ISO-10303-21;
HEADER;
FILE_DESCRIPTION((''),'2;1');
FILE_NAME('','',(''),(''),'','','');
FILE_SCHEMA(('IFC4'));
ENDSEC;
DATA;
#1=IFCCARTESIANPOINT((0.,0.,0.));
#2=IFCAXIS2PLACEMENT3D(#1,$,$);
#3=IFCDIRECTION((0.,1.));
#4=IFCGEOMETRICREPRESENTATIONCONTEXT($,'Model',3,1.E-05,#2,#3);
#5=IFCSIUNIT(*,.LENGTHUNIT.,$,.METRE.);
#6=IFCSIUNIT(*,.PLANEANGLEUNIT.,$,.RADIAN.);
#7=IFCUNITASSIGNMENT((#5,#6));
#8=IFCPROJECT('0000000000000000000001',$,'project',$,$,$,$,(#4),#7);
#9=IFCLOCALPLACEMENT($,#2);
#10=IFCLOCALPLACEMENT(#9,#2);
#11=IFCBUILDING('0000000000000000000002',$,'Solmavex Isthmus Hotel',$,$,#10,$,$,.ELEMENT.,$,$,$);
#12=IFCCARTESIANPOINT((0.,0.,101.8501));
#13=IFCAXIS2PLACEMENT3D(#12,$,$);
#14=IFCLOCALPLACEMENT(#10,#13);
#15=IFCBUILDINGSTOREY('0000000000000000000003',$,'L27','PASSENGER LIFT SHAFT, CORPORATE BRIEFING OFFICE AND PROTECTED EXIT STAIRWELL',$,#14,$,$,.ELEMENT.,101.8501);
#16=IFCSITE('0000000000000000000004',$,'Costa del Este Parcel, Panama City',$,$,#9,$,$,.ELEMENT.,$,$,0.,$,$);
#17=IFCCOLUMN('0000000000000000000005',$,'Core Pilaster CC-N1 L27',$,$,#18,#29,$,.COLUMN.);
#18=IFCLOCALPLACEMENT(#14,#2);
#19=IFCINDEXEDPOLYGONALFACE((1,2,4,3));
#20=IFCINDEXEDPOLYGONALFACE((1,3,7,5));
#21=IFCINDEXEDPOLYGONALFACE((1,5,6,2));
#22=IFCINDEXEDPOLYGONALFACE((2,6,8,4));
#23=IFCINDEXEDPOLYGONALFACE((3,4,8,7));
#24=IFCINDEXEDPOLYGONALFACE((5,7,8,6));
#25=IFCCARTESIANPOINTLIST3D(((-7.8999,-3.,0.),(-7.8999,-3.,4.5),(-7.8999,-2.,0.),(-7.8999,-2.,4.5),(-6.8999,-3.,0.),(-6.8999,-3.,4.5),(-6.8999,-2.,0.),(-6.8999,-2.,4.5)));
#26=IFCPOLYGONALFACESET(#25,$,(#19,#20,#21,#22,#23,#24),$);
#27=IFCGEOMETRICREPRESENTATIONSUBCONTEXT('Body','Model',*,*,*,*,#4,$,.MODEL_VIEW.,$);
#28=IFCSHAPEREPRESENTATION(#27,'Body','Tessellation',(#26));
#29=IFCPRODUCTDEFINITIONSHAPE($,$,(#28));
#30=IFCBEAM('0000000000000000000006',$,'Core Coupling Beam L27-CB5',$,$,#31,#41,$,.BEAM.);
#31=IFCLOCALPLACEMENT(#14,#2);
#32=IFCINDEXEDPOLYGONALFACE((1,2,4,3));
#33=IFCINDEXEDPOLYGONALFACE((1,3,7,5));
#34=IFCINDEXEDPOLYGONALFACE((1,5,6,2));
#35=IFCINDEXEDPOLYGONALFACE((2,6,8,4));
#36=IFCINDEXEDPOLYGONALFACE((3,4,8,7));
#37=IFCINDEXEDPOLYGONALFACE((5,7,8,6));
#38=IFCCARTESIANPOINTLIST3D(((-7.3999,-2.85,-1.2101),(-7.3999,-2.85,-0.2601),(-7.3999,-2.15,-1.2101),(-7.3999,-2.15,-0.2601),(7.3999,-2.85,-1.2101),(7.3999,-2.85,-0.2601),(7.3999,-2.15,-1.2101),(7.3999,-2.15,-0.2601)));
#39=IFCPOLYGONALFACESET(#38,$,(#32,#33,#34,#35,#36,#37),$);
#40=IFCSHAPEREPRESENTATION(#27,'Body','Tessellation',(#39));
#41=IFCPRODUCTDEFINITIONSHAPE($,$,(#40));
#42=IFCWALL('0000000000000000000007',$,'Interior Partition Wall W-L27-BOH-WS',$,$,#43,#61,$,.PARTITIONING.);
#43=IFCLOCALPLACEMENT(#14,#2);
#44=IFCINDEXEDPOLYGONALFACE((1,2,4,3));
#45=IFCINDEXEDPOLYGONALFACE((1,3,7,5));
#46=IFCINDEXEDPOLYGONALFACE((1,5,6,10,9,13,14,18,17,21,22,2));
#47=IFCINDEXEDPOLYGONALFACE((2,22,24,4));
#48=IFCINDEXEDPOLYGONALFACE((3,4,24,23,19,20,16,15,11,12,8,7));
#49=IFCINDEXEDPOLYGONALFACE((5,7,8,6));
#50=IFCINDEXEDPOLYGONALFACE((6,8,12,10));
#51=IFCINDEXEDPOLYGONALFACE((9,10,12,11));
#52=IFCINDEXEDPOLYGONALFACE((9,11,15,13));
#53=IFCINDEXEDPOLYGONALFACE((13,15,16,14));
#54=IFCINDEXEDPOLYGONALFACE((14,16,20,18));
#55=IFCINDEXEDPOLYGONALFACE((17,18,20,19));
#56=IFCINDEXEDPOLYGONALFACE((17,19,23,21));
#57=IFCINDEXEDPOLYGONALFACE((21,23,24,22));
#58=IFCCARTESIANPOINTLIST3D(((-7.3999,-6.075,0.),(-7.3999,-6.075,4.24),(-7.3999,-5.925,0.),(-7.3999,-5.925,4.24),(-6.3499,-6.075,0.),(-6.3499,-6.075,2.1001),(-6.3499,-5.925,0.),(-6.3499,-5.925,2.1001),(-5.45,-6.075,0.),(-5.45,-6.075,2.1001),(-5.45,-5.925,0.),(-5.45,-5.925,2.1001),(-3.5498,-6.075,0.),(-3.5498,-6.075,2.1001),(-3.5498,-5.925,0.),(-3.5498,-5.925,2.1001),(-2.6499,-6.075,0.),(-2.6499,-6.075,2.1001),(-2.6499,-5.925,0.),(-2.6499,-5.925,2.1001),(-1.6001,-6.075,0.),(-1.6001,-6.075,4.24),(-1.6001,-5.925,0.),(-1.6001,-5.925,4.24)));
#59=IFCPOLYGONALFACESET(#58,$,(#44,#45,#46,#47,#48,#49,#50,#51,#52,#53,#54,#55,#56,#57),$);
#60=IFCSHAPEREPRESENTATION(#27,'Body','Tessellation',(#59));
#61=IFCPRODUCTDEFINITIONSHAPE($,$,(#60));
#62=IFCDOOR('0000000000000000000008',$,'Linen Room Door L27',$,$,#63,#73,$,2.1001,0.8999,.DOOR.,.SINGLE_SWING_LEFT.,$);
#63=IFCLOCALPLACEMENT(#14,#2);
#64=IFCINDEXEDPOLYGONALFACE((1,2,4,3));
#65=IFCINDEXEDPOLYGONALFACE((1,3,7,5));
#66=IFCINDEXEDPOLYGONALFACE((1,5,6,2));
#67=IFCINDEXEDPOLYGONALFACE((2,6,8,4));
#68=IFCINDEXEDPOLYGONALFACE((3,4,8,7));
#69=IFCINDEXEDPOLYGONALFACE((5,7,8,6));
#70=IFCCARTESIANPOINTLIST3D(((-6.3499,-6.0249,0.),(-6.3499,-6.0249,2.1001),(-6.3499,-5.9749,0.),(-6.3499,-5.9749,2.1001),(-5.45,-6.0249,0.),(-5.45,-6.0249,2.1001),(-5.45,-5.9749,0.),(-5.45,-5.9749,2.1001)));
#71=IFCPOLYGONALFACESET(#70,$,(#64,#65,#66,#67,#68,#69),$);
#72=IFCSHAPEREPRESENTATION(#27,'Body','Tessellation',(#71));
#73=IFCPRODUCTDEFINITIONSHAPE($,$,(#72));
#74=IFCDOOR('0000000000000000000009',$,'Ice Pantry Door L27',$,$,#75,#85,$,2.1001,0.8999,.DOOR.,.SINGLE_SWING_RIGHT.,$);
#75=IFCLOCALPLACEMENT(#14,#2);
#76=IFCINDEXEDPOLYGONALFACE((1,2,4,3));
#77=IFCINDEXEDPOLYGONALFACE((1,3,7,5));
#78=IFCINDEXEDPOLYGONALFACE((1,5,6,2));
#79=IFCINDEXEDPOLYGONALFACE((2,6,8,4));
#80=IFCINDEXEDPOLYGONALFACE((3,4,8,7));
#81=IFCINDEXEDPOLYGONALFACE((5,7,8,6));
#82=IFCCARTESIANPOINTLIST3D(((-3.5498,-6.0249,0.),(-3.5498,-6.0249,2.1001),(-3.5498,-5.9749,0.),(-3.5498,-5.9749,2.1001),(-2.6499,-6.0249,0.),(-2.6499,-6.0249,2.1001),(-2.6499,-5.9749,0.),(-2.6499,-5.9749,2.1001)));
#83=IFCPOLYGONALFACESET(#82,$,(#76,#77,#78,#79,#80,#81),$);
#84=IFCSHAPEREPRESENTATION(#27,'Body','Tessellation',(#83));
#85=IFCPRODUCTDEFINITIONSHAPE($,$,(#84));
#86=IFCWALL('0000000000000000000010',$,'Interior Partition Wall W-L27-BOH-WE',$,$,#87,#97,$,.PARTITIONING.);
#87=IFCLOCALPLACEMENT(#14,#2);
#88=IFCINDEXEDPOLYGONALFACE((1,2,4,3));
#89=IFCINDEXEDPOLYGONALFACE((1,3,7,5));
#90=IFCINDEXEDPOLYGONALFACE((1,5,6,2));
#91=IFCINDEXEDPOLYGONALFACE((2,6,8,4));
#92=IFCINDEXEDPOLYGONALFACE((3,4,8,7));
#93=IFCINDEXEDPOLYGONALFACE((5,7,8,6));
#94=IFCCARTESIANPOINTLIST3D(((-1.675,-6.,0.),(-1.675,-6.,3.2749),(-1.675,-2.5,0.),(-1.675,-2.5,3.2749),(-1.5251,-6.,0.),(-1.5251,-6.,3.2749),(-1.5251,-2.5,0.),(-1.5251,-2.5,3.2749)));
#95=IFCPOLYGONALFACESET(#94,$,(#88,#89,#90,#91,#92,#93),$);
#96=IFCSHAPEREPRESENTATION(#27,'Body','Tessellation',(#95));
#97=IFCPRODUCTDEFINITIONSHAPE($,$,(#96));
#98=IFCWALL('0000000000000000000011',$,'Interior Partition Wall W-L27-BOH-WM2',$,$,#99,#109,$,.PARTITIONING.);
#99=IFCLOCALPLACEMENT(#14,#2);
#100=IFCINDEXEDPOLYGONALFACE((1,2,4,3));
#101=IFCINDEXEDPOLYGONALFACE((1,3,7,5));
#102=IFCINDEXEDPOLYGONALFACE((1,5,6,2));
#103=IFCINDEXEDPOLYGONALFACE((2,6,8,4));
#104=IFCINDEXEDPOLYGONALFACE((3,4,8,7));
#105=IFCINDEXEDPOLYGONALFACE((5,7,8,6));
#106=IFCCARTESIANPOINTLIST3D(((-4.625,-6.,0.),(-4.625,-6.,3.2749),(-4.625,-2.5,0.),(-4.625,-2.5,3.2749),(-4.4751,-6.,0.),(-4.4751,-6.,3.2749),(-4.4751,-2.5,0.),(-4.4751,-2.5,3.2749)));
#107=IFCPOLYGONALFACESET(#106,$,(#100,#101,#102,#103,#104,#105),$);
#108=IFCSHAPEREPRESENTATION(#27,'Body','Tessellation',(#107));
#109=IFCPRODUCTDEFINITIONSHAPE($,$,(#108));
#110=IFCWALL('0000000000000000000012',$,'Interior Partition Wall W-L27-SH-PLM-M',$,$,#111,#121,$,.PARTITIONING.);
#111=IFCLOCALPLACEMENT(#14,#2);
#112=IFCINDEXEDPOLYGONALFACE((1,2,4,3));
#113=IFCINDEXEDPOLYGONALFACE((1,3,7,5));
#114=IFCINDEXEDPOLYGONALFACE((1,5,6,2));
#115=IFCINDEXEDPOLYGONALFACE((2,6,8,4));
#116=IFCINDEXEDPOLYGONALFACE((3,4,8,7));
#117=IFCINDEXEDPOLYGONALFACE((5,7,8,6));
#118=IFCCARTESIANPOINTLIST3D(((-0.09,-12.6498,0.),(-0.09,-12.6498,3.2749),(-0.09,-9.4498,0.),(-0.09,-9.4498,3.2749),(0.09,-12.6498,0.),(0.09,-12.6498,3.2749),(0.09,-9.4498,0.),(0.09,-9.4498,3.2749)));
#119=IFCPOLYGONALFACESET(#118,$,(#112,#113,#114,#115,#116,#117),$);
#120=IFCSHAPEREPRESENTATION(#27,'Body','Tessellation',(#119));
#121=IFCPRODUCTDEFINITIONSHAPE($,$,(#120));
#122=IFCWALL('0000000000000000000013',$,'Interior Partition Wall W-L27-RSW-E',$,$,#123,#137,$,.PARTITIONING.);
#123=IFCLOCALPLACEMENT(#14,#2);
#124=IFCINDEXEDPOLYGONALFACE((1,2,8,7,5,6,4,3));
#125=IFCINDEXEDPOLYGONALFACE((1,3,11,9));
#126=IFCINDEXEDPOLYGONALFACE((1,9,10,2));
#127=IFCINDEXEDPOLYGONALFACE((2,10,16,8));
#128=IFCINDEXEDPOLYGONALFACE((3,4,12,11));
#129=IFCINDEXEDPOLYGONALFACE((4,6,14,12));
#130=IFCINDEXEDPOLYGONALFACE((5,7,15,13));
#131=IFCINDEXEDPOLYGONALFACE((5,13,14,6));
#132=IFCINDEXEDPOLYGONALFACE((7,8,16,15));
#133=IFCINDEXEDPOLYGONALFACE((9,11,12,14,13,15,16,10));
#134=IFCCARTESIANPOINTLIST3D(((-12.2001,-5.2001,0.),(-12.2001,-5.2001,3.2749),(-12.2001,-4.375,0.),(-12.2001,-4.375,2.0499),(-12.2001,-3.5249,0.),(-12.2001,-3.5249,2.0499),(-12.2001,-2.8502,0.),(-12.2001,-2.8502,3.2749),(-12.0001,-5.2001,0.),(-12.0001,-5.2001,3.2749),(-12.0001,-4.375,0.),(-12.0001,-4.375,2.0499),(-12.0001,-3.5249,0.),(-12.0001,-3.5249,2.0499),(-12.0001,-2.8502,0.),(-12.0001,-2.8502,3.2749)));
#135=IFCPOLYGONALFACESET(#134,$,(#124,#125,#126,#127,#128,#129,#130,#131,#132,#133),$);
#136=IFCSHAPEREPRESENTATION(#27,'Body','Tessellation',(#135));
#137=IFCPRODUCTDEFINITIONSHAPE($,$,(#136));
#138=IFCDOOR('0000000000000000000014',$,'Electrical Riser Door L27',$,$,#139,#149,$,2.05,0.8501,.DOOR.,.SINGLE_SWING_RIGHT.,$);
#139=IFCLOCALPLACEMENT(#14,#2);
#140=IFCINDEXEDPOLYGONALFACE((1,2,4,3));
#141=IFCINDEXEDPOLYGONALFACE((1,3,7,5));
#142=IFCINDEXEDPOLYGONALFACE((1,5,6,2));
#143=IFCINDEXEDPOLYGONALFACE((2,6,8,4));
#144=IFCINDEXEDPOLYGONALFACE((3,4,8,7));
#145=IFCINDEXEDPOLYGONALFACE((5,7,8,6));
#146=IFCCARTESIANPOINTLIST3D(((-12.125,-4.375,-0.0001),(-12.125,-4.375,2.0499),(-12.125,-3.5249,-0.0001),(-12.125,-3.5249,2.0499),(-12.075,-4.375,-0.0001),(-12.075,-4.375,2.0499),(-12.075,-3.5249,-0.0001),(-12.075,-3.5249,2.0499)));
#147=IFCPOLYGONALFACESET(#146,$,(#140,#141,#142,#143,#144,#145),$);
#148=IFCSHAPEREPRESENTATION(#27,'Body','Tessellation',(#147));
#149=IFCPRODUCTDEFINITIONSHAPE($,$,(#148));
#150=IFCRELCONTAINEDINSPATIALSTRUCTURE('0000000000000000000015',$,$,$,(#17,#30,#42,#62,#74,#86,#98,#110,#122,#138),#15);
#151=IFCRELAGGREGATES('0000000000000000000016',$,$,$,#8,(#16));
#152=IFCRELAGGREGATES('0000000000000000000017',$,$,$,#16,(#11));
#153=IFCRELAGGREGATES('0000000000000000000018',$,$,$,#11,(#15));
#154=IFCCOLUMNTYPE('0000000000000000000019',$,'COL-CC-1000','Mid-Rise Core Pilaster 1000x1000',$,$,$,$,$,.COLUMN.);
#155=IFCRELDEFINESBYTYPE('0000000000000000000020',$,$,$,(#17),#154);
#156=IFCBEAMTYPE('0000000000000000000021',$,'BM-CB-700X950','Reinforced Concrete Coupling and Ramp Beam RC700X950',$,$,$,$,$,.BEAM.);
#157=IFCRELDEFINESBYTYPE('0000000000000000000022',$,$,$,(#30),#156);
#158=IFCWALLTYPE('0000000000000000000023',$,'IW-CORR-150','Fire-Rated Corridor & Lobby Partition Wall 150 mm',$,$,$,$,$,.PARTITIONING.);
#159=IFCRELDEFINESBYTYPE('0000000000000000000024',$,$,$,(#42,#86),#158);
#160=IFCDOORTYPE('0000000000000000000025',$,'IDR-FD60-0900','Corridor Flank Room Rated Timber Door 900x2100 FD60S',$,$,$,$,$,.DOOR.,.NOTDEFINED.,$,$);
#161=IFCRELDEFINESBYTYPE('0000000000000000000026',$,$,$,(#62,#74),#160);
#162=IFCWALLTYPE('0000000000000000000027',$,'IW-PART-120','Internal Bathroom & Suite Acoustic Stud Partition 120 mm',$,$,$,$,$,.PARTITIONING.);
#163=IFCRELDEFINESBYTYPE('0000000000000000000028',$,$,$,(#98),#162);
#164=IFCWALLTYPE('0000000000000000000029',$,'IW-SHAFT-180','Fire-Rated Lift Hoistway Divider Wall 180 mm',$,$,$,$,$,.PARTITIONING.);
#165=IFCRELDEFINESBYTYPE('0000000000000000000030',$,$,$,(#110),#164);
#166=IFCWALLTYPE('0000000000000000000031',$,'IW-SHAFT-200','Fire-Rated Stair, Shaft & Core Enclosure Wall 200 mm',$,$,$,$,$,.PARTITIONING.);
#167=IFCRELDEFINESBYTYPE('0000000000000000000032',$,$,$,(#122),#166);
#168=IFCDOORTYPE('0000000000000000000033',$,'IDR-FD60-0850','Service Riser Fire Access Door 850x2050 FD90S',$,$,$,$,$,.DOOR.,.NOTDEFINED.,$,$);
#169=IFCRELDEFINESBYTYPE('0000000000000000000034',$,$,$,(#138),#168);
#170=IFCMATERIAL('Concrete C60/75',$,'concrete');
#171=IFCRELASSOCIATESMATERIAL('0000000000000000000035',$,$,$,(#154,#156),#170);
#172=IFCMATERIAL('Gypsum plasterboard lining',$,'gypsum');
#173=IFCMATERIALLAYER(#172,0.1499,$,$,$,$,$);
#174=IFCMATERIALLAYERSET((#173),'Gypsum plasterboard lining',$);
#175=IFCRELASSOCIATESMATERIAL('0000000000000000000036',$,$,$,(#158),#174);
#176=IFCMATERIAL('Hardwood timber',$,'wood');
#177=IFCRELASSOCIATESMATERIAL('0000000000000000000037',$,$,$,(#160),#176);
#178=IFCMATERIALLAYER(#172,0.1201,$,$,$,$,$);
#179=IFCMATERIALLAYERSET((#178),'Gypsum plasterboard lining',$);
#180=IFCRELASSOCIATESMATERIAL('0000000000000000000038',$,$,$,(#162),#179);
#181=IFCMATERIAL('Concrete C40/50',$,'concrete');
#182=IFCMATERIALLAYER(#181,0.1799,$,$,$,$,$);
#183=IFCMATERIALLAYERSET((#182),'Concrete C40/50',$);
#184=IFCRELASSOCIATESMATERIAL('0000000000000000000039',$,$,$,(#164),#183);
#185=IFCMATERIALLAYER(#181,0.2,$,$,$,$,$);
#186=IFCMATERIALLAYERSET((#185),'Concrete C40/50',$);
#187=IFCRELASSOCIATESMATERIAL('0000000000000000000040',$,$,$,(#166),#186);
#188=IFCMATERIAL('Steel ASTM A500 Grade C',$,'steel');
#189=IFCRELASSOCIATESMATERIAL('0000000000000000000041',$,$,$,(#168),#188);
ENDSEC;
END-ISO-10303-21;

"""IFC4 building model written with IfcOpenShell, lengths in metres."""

from ifc_helpers import new_model, si_unit, direction, frame, frame_2d, origin, origin_2d, place, context, subcontext, project, spatial, rectangle, extrude, material, layer, layer_set, material_profile, profile_set, type_object, element, fill, save


model = new_model("IFC4")

# Units and contexts
model_context = context("Model", 3, precision=1e-05, world=origin(), true_north=direction((0.0, 1.0)))
body_context = subcontext(model_context, "Body", "Model", "MODEL_VIEW")
ifc_project = project(units=[si_unit("LENGTHUNIT", "METRE"), si_unit("PLANEANGLEUNIT", "RADIAN")], contexts=[model_context])

# Site, building, storey
site_placement = place(None, origin())
site = spatial("IfcSite", under=ifc_project, at=site_placement, Name="Costa del Este Parcel, Panama City", CompositionType="ELEMENT", RefElevation=0.0)
building_placement = place(site_placement, origin())
building = spatial("IfcBuilding", under=site, at=building_placement, Name="Solmavex Isthmus Hotel", CompositionType="ELEMENT")
storey_placement = place(building_placement, frame((0.0, 0.0, 101.8501)))
storey = spatial("IfcBuildingStorey", under=building, at=storey_placement, Name="L27", Description="PASSENGER LIFT SHAFT, CORPORATE BRIEFING OFFICE AND PROTECTED EXIT STAIRWELL", CompositionType="ELEMENT", Elevation=101.8501)

# Column
ifc_material_1 = material(Name="Concrete C60/75", Category="concrete")
ifc_material_profile_1 = material_profile(ifc_material_1, rectangle(XDim=1.0, YDim=1.0, at=origin_2d()), Name="RC1000X1000")
ifc_profile_set_1 = profile_set([ifc_material_profile_1], Name="Concrete C60/75")
column_type = type_object("IfcColumnType", Name="COL-CC-1000", Description="Mid-Rise Core Pilaster 1000x1000", PredefinedType="COLUMN", material=ifc_profile_set_1)
column_placement = place(storey_placement, frame((-7.3999, -2.5, 0.0), z_axis=(0.0, 0.0, 1.0), x_axis=(1.0, 0.0, 0.0)))
element("IfcColumn", 1, at=column_placement, inside=storey, type_object=column_type, Name="Core Pilaster CC-N1 L27", PredefinedType="COLUMN", context=body_context, shape_type="SweptSolid", body=[
    extrude(rectangle(XDim=1.0, YDim=1.0, at=origin_2d()), origin(), (0.0, 0.0, 1.0), 4.5),
])

# Beam
ifc_material_profile_2 = material_profile(ifc_material_1, rectangle(XDim=0.7, YDim=0.95, at=origin_2d()), Name="RC700X950")
ifc_profile_set_2 = profile_set([ifc_material_profile_2], Name="Concrete C60/75")
beam_type = type_object("IfcBeamType", Name="BM-CB-700X950", Description="Reinforced Concrete Coupling and Ramp Beam RC700X950", PredefinedType="BEAM", material=ifc_profile_set_2)
beam_placement = place(storey_placement, frame((-7.3999, -2.5, -0.7351), z_axis=(1.0, 0.0, 0.0), x_axis=(0.0, 1.0, 0.0)))
element("IfcBeam", 2, at=beam_placement, inside=storey, type_object=beam_type, Name="Core Coupling Beam L27-CB5", PredefinedType="BEAM", context=body_context, shape_type="SweptSolid", body=[
    extrude(rectangle(XDim=0.7, YDim=0.95, at=origin_2d()), origin(), (0.0, 0.0, 1.0), 14.7998),
])

# Wall, openings, doors
ifc_material_2 = material(Name="Gypsum plasterboard lining", Category="gypsum")
ifc_layer_1 = layer(ifc_material_2, 0.1499)
ifc_layer_set_1 = layer_set([ifc_layer_1], Name="Gypsum plasterboard lining")
wall_type_1 = type_object("IfcWallType", Name="IW-CORR-150", Description="Fire-Rated Corridor & Lobby Partition Wall 150 mm", PredefinedType="PARTITIONING", material=ifc_layer_set_1)
wall_1_placement = place(storey_placement, frame((-7.3999, -6.0, 0.0), z_axis=(0.0, 0.0, 1.0), x_axis=(1.0, 0.0, 0.0)))
wall_1 = element("IfcWall", 3, at=wall_1_placement, inside=storey, type_object=wall_type_1, Name="Interior Partition Wall W-L27-BOH-WS", PredefinedType="PARTITIONING", context=body_context, shape_type="SweptSolid", body=[
    extrude(rectangle(XDim=5.7998, YDim=0.1499, at=frame_2d((2.8999, 0.0))), origin(), (0.0, 0.0, 1.0), 4.24),
])
opening_1_placement = place(wall_1_placement, frame((1.05, 0.0, 0.0)))
opening_1 = element("IfcOpeningElement", 4, at=opening_1_placement, cuts=wall_1, PredefinedType="OPENING", context=body_context, shape_type="SweptSolid", body=[
    extrude(rectangle(XDim=0.8999, YDim=2.1001, at=frame_2d((0.45, 1.05))), frame((0.0, 0.085, 0.0), z_axis=(0.0, -1.0, 0.0), x_axis=(1.0, 0.0, 0.0)), (0.0, 0.0, 1.0), 0.1699),
])
opening_2_placement = place(wall_1_placement, frame((3.8501, 0.0, 0.0)))
opening_2 = element("IfcOpeningElement", 5, at=opening_2_placement, cuts=wall_1, PredefinedType="OPENING", context=body_context, shape_type="SweptSolid", body=[
    extrude(rectangle(XDim=0.8999, YDim=2.1001, at=frame_2d((0.45, 1.05))), frame((0.0, 0.085, 0.0), z_axis=(0.0, -1.0, 0.0), x_axis=(1.0, 0.0, 0.0)), (0.0, 0.0, 1.0), 0.1699),
])
ifc_material_3 = material(Name="Hardwood timber", Category="wood")
door_type_1 = type_object("IfcDoorType", Name="IDR-FD60-0900", Description="Corridor Flank Room Rated Timber Door 900x2100 FD60S", OperationType="NOTDEFINED", PredefinedType="DOOR", material=ifc_material_3)
door_1_placement = place(opening_1_placement, frame((0.8999, 0.0, 0.0), z_axis=(0.0, 0.0, 1.0), x_axis=(-1.0, 0.0, 0.0)))
door_1 = element("IfcDoor", 6, at=door_1_placement, inside=storey, type_object=door_type_1, Name="Linen Room Door L27", OperationType="SINGLE_SWING_LEFT", OverallHeight=2.1001, OverallWidth=0.8999, PredefinedType="DOOR", context=body_context, shape_type="SweptSolid", body=[
    extrude(rectangle(XDim=0.8999, YDim=2.1001, at=frame_2d((0.45, 1.05))), frame((0.0, 0.0249, 0.0), z_axis=(0.0, -1.0, 0.0), x_axis=(1.0, 0.0, 0.0)), (0.0, 0.0, 1.0), 0.05),
])
fill(opening_1, door_1)
door_2_placement = place(opening_2_placement, frame((0.8999, 0.0, 0.0), z_axis=(0.0, 0.0, 1.0), x_axis=(-1.0, 0.0, 0.0)))
door_2 = element("IfcDoor", 7, at=door_2_placement, inside=storey, type_object=door_type_1, Name="Ice Pantry Door L27", OperationType="SINGLE_SWING_RIGHT", OverallHeight=2.1001, OverallWidth=0.8999, PredefinedType="DOOR", context=body_context, shape_type="SweptSolid", body=[
    extrude(rectangle(XDim=0.8999, YDim=2.1001, at=frame_2d((0.45, 1.05))), frame((0.0, 0.0249, 0.0), z_axis=(0.0, -1.0, 0.0), x_axis=(1.0, 0.0, 0.0)), (0.0, 0.0, 1.0), 0.05),
])
fill(opening_2, door_2)

# Walls
wall_2_placement = place(storey_placement, frame((-1.6001, -6.0, 0.0), z_axis=(0.0, 0.0, 1.0), x_axis=(0.0, 1.0, 0.0)))
element("IfcWall", 8, at=wall_2_placement, inside=storey, type_object=wall_type_1, Name="Interior Partition Wall W-L27-BOH-WE", PredefinedType="PARTITIONING", context=body_context, shape_type="SweptSolid", body=[
    extrude(rectangle(XDim=3.5, YDim=0.1499, at=frame_2d((1.75, 0.0))), origin(), (0.0, 0.0, 1.0), 3.2749),
])
ifc_layer_2 = layer(ifc_material_2, 0.1201)
ifc_layer_set_2 = layer_set([ifc_layer_2], Name="Gypsum plasterboard lining")
wall_type_2 = type_object("IfcWallType", Name="IW-PART-120", Description="Internal Bathroom & Suite Acoustic Stud Partition 120 mm", PredefinedType="PARTITIONING", material=ifc_layer_set_2)
wall_3_placement = place(storey_placement, frame((-4.55, -6.0, 0.0), z_axis=(0.0, 0.0, 1.0), x_axis=(0.0, 1.0, 0.0)))
element("IfcWall", 9, at=wall_3_placement, inside=storey, type_object=wall_type_2, Name="Interior Partition Wall W-L27-BOH-WM2", PredefinedType="PARTITIONING", context=body_context, shape_type="SweptSolid", body=[
    extrude(rectangle(XDim=3.5, YDim=0.1499, at=frame_2d((1.75, 0.0))), origin(), (0.0, 0.0, 1.0), 3.2749),
])
ifc_material_4 = material(Name="Concrete C40/50", Category="concrete")
ifc_layer_3 = layer(ifc_material_4, 0.1799)
ifc_layer_set_3 = layer_set([ifc_layer_3], Name="Concrete C40/50")
wall_type_3 = type_object("IfcWallType", Name="IW-SHAFT-180", Description="Fire-Rated Lift Hoistway Divider Wall 180 mm", PredefinedType="PARTITIONING", material=ifc_layer_set_3)
wall_4_placement = place(storey_placement, frame((0.0, -12.6499, 0.0), z_axis=(0.0, 0.0, 1.0), x_axis=(0.0, 1.0, 0.0)))
element("IfcWall", 10, at=wall_4_placement, inside=storey, type_object=wall_type_3, Name="Interior Partition Wall W-L27-SH-PLM-M", PredefinedType="PARTITIONING", context=body_context, shape_type="SweptSolid", body=[
    extrude(rectangle(XDim=3.2, YDim=0.1799, at=frame_2d((1.6001, 0.0))), origin(), (0.0, 0.0, 1.0), 3.2749),
])

# Wall, opening, door
ifc_layer_4 = layer(ifc_material_4, 0.2)
ifc_layer_set_4 = layer_set([ifc_layer_4], Name="Concrete C40/50")
wall_type_4 = type_object("IfcWallType", Name="IW-SHAFT-200", Description="Fire-Rated Stair, Shaft & Core Enclosure Wall 200 mm", PredefinedType="PARTITIONING", material=ifc_layer_set_4)
wall_5_placement = place(storey_placement, frame((-12.1001, -5.2, 0.0), z_axis=(0.0, 0.0, 1.0), x_axis=(0.0, 1.0, 0.0)))
wall_5 = element("IfcWall", 11, at=wall_5_placement, inside=storey, type_object=wall_type_4, Name="Interior Partition Wall W-L27-RSW-E", PredefinedType="PARTITIONING", context=body_context, shape_type="SweptSolid", body=[
    extrude(rectangle(XDim=2.3499, YDim=0.2, at=frame_2d((1.1748, 0.0))), origin(), (0.0, 0.0, 1.0), 3.2749),
])
opening_3_placement = place(wall_5_placement, frame((0.825, 0.0, 0.0)))
opening_3 = element("IfcOpeningElement", 12, at=opening_3_placement, cuts=wall_5, PredefinedType="OPENING", context=body_context, shape_type="SweptSolid", body=[
    extrude(rectangle(XDim=0.8501, YDim=2.05, at=frame_2d((0.425, 1.0249))), frame((0.0, 0.1099, 0.0), z_axis=(0.0, -1.0, 0.0), x_axis=(1.0, 0.0, 0.0)), (0.0, 0.0, 1.0), 0.22),
])
ifc_material_5 = material(Name="Steel ASTM A500 Grade C", Category="steel")
door_type_2 = type_object("IfcDoorType", Name="IDR-FD60-0850", Description="Service Riser Fire Access Door 850x2050 FD90S", OperationType="NOTDEFINED", PredefinedType="DOOR", material=ifc_material_5)
door_3_placement = place(opening_3_placement, origin())
door_3 = element("IfcDoor", 13, at=door_3_placement, inside=storey, type_object=door_type_2, Name="Electrical Riser Door L27", OperationType="SINGLE_SWING_RIGHT", OverallHeight=2.05, OverallWidth=0.8501, PredefinedType="DOOR", context=body_context, shape_type="SweptSolid", body=[
    extrude(rectangle(XDim=0.8501, YDim=2.05, at=frame_2d((0.425, 1.0249))), frame((0.0, 0.0249, 0.0), z_axis=(0.0, -1.0, 0.0), x_axis=(1.0, 0.0, 0.0)), (0.0, 0.0, 1.0), 0.05),
])
fill(opening_3, door_3)

save(model, "model.ifc")
